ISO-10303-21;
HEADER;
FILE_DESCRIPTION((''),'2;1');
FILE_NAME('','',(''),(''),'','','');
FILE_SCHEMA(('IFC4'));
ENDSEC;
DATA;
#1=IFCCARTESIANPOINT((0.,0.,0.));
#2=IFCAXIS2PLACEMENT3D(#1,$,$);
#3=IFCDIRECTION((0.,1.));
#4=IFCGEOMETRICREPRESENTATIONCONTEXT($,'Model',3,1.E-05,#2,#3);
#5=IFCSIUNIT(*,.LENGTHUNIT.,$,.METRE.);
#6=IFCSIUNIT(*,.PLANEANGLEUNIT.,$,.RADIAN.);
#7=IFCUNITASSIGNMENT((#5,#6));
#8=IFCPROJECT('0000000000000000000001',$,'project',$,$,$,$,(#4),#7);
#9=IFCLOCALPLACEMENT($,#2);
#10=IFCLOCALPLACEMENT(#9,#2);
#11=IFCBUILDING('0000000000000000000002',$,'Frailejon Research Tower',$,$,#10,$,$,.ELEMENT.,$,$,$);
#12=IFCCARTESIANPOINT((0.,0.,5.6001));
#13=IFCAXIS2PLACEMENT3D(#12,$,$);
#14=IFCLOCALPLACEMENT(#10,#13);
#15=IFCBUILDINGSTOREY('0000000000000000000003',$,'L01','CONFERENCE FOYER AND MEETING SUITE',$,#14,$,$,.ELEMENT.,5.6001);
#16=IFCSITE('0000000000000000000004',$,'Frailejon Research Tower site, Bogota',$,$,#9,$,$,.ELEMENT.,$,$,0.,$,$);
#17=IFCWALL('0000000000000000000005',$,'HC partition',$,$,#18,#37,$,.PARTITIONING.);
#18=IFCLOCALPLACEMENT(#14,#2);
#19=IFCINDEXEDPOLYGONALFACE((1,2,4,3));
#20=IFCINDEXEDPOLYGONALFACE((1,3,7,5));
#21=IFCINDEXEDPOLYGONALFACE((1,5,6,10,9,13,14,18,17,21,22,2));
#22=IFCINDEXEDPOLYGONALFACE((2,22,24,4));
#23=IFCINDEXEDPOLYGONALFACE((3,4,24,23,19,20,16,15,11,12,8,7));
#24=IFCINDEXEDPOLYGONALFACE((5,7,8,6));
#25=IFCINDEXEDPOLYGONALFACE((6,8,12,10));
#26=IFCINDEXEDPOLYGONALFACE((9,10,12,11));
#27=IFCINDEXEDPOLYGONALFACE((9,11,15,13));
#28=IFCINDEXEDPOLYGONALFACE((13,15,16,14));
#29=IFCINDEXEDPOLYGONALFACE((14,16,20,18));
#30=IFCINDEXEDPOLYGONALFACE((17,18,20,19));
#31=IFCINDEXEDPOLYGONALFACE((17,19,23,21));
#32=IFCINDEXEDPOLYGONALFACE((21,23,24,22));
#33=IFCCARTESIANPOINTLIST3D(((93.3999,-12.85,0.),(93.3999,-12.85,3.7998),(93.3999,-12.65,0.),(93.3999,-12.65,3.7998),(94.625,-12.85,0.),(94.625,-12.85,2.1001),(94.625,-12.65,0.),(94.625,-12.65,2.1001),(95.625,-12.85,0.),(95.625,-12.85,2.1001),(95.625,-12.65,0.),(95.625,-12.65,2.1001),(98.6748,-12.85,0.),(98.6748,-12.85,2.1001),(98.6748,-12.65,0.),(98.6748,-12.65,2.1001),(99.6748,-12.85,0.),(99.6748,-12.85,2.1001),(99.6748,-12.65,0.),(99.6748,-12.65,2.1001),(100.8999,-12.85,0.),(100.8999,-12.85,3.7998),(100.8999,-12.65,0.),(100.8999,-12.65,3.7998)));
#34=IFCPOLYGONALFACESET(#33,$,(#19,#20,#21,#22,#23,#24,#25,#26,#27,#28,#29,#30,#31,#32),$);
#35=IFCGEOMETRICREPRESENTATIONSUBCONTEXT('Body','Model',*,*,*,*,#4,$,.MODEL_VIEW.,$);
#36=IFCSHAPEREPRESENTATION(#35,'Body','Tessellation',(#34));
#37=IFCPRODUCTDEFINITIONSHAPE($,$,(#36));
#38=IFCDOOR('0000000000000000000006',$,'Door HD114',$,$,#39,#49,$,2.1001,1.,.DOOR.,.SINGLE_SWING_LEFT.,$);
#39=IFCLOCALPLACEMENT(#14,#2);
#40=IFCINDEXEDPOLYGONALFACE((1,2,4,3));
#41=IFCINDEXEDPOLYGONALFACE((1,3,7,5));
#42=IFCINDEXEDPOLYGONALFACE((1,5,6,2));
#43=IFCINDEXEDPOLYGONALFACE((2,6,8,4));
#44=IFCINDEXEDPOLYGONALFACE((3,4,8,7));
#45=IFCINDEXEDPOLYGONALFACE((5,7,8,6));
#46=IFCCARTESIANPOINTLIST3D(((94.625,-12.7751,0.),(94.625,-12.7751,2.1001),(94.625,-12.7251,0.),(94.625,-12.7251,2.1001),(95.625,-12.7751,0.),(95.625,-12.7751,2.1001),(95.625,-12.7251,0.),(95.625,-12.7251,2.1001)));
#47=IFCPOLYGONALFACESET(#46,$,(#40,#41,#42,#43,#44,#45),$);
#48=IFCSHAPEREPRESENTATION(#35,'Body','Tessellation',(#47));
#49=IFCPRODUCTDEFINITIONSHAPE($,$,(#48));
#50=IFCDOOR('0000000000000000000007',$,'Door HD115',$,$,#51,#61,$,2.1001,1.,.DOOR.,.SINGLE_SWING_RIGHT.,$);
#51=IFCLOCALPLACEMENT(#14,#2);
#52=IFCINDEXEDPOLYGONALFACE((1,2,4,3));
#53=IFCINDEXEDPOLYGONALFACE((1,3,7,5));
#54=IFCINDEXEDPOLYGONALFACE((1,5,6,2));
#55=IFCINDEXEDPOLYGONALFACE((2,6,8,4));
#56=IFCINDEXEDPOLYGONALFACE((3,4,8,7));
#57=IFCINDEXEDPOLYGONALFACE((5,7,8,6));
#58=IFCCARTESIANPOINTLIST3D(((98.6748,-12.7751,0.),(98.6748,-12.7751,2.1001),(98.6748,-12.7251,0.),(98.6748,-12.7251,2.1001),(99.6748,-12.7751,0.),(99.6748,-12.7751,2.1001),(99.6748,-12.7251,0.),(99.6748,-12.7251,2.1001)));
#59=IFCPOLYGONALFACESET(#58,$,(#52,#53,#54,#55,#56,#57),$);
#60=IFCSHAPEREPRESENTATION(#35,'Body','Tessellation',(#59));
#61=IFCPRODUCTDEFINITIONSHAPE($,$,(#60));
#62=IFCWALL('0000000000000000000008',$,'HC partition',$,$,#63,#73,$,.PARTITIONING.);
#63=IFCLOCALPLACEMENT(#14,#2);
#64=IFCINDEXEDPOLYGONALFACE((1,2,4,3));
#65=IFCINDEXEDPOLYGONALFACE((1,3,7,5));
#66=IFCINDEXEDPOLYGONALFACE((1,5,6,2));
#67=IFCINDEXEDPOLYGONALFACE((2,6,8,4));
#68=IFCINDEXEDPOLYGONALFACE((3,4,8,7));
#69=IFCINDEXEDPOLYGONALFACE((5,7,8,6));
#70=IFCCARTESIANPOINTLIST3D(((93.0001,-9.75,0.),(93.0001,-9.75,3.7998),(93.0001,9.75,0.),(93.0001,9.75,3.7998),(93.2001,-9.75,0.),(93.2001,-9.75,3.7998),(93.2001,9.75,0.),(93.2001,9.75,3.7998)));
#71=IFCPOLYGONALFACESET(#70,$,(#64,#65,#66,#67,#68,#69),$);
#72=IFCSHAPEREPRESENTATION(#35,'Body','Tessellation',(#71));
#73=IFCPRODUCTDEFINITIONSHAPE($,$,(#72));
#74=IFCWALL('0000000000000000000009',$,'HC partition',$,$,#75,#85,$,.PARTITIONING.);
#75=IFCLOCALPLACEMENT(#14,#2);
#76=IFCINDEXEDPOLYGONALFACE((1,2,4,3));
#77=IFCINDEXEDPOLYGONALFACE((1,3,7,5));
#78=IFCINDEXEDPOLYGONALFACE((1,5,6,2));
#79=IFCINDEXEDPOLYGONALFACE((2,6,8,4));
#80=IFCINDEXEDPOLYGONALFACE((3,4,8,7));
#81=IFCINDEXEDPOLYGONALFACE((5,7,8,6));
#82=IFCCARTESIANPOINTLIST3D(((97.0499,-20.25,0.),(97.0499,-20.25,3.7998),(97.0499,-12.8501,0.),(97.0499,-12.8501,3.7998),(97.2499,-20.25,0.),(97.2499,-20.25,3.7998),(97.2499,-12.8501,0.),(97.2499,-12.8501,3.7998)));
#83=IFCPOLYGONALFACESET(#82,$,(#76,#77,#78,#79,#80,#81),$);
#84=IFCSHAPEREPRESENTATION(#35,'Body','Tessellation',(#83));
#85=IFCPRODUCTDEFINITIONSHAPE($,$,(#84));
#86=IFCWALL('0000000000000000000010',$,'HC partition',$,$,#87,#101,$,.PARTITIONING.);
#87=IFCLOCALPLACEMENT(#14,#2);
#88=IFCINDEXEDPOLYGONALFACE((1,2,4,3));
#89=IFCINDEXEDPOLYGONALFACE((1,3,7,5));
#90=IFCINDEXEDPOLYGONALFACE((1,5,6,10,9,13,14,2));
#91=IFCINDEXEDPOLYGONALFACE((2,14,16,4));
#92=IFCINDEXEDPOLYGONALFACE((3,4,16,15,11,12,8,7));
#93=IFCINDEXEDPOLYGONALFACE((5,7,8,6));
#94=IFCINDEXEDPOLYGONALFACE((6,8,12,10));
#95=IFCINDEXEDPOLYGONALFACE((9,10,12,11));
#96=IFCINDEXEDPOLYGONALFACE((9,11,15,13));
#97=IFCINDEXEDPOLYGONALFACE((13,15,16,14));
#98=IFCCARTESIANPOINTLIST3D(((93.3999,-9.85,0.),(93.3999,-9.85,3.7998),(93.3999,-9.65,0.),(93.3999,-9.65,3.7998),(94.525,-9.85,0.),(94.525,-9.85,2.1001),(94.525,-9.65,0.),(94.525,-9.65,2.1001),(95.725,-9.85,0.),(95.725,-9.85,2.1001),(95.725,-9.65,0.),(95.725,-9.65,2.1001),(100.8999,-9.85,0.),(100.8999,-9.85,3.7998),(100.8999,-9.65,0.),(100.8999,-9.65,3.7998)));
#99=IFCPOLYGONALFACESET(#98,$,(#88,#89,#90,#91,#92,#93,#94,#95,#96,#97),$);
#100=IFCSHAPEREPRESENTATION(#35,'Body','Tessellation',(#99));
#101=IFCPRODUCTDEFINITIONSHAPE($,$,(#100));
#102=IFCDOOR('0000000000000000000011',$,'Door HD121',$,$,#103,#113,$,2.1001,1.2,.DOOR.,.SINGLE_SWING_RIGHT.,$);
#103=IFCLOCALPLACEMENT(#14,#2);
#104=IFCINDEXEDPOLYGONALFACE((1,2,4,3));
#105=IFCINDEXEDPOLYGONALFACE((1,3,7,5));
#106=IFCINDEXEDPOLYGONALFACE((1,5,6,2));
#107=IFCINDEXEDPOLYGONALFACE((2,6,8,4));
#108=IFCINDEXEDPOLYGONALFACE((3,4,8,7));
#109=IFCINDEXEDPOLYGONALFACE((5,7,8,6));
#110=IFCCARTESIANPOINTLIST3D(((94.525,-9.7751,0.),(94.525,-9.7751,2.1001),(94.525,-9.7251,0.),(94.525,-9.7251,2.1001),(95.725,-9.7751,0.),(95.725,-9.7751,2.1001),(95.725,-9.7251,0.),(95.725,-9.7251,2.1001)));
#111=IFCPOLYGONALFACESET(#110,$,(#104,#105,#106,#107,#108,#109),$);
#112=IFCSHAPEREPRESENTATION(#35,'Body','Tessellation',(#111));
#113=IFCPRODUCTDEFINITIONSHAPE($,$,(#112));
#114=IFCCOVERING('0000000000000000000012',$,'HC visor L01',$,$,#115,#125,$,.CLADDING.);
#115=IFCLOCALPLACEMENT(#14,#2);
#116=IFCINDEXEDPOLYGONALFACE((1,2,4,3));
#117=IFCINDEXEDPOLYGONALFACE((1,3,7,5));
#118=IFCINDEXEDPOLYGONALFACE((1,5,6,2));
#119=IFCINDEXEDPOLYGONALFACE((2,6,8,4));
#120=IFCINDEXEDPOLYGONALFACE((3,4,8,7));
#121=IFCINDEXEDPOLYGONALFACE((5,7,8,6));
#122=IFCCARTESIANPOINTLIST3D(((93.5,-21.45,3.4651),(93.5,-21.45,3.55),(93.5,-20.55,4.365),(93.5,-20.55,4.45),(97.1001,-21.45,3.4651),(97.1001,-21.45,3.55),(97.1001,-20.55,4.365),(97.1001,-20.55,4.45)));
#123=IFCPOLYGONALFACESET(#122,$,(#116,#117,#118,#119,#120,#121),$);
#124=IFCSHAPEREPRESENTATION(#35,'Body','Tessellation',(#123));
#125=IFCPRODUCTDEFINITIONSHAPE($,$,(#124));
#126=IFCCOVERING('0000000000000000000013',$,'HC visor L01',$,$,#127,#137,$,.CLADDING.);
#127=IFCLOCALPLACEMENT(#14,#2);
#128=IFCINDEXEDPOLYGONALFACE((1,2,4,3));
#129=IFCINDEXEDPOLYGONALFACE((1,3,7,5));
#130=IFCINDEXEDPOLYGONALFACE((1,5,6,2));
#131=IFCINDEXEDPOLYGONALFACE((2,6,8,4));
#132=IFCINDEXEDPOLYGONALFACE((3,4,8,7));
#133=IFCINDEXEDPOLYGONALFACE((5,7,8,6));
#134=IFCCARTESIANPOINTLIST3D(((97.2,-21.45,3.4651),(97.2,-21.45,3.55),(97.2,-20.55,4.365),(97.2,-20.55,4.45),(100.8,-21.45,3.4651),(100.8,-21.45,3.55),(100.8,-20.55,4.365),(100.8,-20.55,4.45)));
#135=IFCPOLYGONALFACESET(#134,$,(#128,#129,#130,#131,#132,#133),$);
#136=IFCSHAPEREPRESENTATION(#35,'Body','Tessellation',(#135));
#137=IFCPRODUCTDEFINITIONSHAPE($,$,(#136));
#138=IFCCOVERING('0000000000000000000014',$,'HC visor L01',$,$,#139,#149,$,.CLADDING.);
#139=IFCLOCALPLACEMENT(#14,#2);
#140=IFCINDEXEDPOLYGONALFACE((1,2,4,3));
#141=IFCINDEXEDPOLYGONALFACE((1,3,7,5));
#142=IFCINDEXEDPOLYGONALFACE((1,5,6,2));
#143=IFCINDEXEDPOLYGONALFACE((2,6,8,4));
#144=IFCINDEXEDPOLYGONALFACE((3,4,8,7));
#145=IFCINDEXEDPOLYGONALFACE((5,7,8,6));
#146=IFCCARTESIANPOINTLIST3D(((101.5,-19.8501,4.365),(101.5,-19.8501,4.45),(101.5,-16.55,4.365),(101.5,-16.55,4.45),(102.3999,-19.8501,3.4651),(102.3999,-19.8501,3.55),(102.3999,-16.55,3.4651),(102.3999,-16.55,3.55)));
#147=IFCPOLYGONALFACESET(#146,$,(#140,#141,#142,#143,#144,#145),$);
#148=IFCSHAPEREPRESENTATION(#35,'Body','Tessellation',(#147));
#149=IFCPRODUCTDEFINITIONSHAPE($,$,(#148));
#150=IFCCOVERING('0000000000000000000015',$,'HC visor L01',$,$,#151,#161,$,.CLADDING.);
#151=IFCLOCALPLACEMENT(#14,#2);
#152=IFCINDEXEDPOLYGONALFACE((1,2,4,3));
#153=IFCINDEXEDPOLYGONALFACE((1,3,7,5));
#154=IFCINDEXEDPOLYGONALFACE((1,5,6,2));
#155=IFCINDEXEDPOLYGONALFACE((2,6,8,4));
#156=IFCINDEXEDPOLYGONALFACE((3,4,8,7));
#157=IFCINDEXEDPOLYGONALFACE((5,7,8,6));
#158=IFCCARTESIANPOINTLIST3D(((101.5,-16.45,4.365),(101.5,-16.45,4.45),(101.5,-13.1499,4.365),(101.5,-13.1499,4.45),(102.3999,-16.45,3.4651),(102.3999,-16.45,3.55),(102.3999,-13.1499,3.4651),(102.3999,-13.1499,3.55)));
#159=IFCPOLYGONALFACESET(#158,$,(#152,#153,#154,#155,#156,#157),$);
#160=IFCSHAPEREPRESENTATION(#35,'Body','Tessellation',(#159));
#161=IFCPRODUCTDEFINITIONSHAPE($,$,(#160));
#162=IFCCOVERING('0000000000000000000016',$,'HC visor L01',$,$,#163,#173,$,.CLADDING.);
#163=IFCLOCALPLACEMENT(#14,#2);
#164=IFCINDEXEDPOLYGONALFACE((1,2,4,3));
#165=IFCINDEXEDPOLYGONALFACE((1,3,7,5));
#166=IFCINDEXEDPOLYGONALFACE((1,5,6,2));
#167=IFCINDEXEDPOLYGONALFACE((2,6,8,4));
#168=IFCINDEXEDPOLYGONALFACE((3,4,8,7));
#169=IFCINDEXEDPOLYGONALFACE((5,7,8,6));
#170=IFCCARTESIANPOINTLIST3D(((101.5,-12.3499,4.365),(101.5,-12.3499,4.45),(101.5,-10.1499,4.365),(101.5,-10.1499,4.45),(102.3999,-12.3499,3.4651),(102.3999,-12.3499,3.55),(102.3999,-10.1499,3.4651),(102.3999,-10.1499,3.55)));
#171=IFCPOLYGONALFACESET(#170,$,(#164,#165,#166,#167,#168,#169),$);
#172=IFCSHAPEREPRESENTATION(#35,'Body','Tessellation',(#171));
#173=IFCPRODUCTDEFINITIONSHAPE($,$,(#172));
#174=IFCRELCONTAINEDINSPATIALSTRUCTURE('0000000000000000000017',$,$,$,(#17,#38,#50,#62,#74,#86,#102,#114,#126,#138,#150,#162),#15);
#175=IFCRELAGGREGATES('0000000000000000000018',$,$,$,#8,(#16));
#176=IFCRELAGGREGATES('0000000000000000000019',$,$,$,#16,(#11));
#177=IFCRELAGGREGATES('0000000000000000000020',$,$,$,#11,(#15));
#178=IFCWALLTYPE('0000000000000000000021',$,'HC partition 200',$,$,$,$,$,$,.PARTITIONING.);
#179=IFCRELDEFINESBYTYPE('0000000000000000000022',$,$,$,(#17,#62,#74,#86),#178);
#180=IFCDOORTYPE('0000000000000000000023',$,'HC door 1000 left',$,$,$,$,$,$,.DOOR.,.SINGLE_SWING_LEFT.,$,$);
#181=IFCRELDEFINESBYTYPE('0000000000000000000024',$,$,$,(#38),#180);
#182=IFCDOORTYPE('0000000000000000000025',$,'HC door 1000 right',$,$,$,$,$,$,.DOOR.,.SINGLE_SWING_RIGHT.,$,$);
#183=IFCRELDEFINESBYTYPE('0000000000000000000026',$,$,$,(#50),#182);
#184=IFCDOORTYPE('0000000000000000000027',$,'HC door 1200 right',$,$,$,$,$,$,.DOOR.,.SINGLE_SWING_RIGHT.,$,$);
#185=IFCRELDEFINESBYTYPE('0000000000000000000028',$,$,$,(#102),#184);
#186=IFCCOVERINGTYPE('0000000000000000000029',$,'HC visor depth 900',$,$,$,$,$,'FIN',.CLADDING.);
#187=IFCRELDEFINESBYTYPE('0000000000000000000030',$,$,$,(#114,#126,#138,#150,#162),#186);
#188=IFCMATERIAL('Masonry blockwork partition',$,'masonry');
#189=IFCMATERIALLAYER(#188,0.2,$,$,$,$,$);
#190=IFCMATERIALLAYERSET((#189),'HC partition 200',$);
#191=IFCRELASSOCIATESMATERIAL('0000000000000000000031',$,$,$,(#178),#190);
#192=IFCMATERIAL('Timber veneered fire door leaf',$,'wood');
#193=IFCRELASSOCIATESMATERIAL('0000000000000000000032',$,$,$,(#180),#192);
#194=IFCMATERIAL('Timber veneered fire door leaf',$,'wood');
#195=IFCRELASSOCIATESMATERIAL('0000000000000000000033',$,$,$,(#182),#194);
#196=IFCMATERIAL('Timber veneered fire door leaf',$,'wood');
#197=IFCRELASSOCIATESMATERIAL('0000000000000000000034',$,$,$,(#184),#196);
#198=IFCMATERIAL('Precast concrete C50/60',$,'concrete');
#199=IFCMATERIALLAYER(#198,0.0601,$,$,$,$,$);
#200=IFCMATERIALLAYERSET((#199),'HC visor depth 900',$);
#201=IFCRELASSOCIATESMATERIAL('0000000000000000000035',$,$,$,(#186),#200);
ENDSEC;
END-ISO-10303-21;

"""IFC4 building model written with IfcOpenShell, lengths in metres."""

from ifc_helpers import new_model, si_unit, direction, frame, frame_2d, origin, place, context, subcontext, project, spatial, polyline, rectangle, outline, extrude, material, layer, layer_set, type_object, element, fill, save


model = new_model("IFC4")

# Units and contexts
model_context = context("Model", 3, precision=1e-05, world=origin(), true_north=direction((0.0, 1.0)))
body_context = subcontext(model_context, "Body", "Model", "MODEL_VIEW")
ifc_project = project(units=[si_unit("LENGTHUNIT", "METRE"), si_unit("PLANEANGLEUNIT", "RADIAN")], contexts=[model_context])

# Site, building, storey
site_placement = place(None, origin())
site = spatial("IfcSite", under=ifc_project, at=site_placement, Name="Frailejon Research Tower site, Bogota", CompositionType="ELEMENT", RefElevation=0.0)
building_placement = place(site_placement, origin())
building = spatial("IfcBuilding", under=site, at=building_placement, Name="Frailejon Research Tower", CompositionType="ELEMENT")
storey_placement = place(building_placement, frame((0.0, 0.0, 5.6001)))
storey = spatial("IfcBuildingStorey", under=building, at=storey_placement, Name="L01", Description="CONFERENCE FOYER AND MEETING SUITE", CompositionType="ELEMENT", Elevation=5.6001)

# Wall, openings, doors
ifc_material_1 = material(Name="Masonry blockwork partition", Category="masonry")
ifc_layer_1 = layer(ifc_material_1, 0.2)
ifc_layer_set_1 = layer_set([ifc_layer_1], Name="HC partition 200")
wall_type_1 = type_object("IfcWallType", Name="HC partition 200", PredefinedType="PARTITIONING", material=ifc_layer_set_1)
wall_1_placement = place(storey_placement, frame((93.3999, -12.75, 0.0), z_axis=(0.0, 0.0, 1.0), x_axis=(1.0, 0.0, 0.0)))
wall_1 = element("IfcWall", 1, at=wall_1_placement, inside=storey, type_object=wall_type_1, Name="HC partition", PredefinedType="PARTITIONING", context=body_context, shape_type="SweptSolid", body=[
    extrude(rectangle(XDim=7.5, YDim=0.2, at=frame_2d((3.75, 0.0))), origin(), (0.0, 0.0, 1.0), 3.7998),
])
opening_1_placement = place(wall_1_placement, frame((1.2251, 0.0, 0.0)))
opening_1 = element("IfcOpeningElement", 2, at=opening_1_placement, cuts=wall_1, PredefinedType="OPENING", context=body_context, shape_type="SweptSolid", body=[
    extrude(rectangle(XDim=1.0, YDim=2.1001, at=frame_2d((0.5, 1.05))), frame((0.0, 0.1099, 0.0), z_axis=(0.0, -1.0, 0.0), x_axis=(1.0, 0.0, 0.0)), (0.0, 0.0, 1.0), 0.22),
])
opening_2_placement = place(wall_1_placement, frame((5.2749, 0.0, 0.0)))
opening_2 = element("IfcOpeningElement", 3, at=opening_2_placement, cuts=wall_1, PredefinedType="OPENING", context=body_context, shape_type="SweptSolid", body=[
    extrude(rectangle(XDim=1.0, YDim=2.1001, at=frame_2d((0.5, 1.05))), frame((0.0, 0.1099, 0.0), z_axis=(0.0, -1.0, 0.0), x_axis=(1.0, 0.0, 0.0)), (0.0, 0.0, 1.0), 0.22),
])
ifc_material_2 = material(Name="Timber veneered fire door leaf", Category="wood")
door_type_1 = type_object("IfcDoorType", Name="HC door 1000 left", OperationType="SINGLE_SWING_LEFT", PredefinedType="DOOR", material=ifc_material_2)
door_1_placement = place(opening_1_placement, origin())
door_1 = element("IfcDoor", 4, at=door_1_placement, inside=storey, type_object=door_type_1, Name="Door HD114", OperationType="SINGLE_SWING_LEFT", OverallHeight=2.1001, OverallWidth=1.0, PredefinedType="DOOR", context=body_context, shape_type="SweptSolid", body=[
    extrude(rectangle(XDim=1.0, YDim=2.1001, at=frame_2d((0.5, 1.05))), frame((0.0, 0.0249, 0.0), z_axis=(0.0, -1.0, 0.0), x_axis=(1.0, 0.0, 0.0)), (0.0, 0.0, 1.0), 0.05),
])
fill(opening_1, door_1)
ifc_material_3 = material(Name="Timber veneered fire door leaf", Category="wood")
door_type_2 = type_object("IfcDoorType", Name="HC door 1000 right", OperationType="SINGLE_SWING_RIGHT", PredefinedType="DOOR", material=ifc_material_3)
door_2_placement = place(opening_2_placement, origin())
door_2 = element("IfcDoor", 5, at=door_2_placement, inside=storey, type_object=door_type_2, Name="Door HD115", OperationType="SINGLE_SWING_RIGHT", OverallHeight=2.1001, OverallWidth=1.0, PredefinedType="DOOR", context=body_context, shape_type="SweptSolid", body=[
    extrude(rectangle(XDim=1.0, YDim=2.1001, at=frame_2d((0.5, 1.05))), frame((0.0, 0.0249, 0.0), z_axis=(0.0, -1.0, 0.0), x_axis=(1.0, 0.0, 0.0)), (0.0, 0.0, 1.0), 0.05),
])
fill(opening_2, door_2)

# Walls
wall_2_placement = place(storey_placement, frame((93.1001, -9.75, 0.0), z_axis=(0.0, 0.0, 1.0), x_axis=(0.0, 1.0, 0.0)))
element("IfcWall", 6, at=wall_2_placement, inside=storey, type_object=wall_type_1, Name="HC partition", PredefinedType="PARTITIONING", context=body_context, shape_type="SweptSolid", body=[
    extrude(rectangle(XDim=19.5, YDim=0.2, at=frame_2d((9.75, 0.0))), origin(), (0.0, 0.0, 1.0), 3.7998),
])
wall_3_placement = place(storey_placement, frame((97.1499, -20.25, 0.0), z_axis=(0.0, 0.0, 1.0), x_axis=(0.0, 1.0, 0.0)))
element("IfcWall", 7, at=wall_3_placement, inside=storey, type_object=wall_type_1, Name="HC partition", PredefinedType="PARTITIONING", context=body_context, shape_type="SweptSolid", body=[
    extrude(rectangle(XDim=7.3999, YDim=0.2, at=frame_2d((3.7, 0.0))), origin(), (0.0, 0.0, 1.0), 3.7998),
])

# Wall, opening, door
wall_4_placement = place(storey_placement, frame((93.3999, -9.75, 0.0), z_axis=(0.0, 0.0, 1.0), x_axis=(1.0, 0.0, 0.0)))
wall_4 = element("IfcWall", 8, at=wall_4_placement, inside=storey, type_object=wall_type_1, Name="HC partition", PredefinedType="PARTITIONING", context=body_context, shape_type="SweptSolid", body=[
    extrude(rectangle(XDim=7.5, YDim=0.2, at=frame_2d((3.75, 0.0))), origin(), (0.0, 0.0, 1.0), 3.7998),
])
opening_3_placement = place(wall_4_placement, frame((1.125, 0.0, 0.0)))
opening_3 = element("IfcOpeningElement", 9, at=opening_3_placement, cuts=wall_4, PredefinedType="OPENING", context=body_context, shape_type="SweptSolid", body=[
    extrude(rectangle(XDim=1.2, YDim=2.1001, at=frame_2d((0.6001, 1.05))), frame((0.0, 0.1099, 0.0), z_axis=(0.0, -1.0, 0.0), x_axis=(1.0, 0.0, 0.0)), (0.0, 0.0, 1.0), 0.22),
])
ifc_material_4 = material(Name="Timber veneered fire door leaf", Category="wood")
door_type_3 = type_object("IfcDoorType", Name="HC door 1200 right", OperationType="SINGLE_SWING_RIGHT", PredefinedType="DOOR", material=ifc_material_4)
door_3_placement = place(opening_3_placement, origin())
door_3 = element("IfcDoor", 10, at=door_3_placement, inside=storey, type_object=door_type_3, Name="Door HD121", OperationType="SINGLE_SWING_RIGHT", OverallHeight=2.1001, OverallWidth=1.2, PredefinedType="DOOR", context=body_context, shape_type="SweptSolid", body=[
    extrude(rectangle(XDim=1.2, YDim=2.1001, at=frame_2d((0.6001, 1.05))), frame((0.0, 0.0249, 0.0), z_axis=(0.0, -1.0, 0.0), x_axis=(1.0, 0.0, 0.0)), (0.0, 0.0, 1.0), 0.05),
])
fill(opening_3, door_3)

# Coverings
ifc_material_5 = material(Name="Precast concrete C50/60", Category="concrete")
ifc_layer_2 = layer(ifc_material_5, 0.0601)
ifc_layer_set_2 = layer_set([ifc_layer_2], Name="HC visor depth 900")
covering_type = type_object("IfcCoveringType", Name="HC visor depth 900", ElementType="FIN", PredefinedType="CLADDING", material=ifc_layer_set_2)
for number, where, z_axis, x_axis, name in (
    (11, (97.1001, -20.55, 4.45), (-1.0, 0.0, 0.0), (0.0, -1.0, 0.0), "HC visor L01"),
    (12, (100.8, -20.55, 4.45), (-1.0, 0.0, 0.0), (0.0, -1.0, 0.0), "HC visor L01"),
):
    element("IfcCovering", number, at=place(storey_placement, frame(where, z_axis=z_axis, x_axis=x_axis)), inside=storey, type_object=covering_type, Name=name, PredefinedType="CLADDING", context=body_context, shape_type="SweptSolid", body=[
        extrude(outline(polyline([(0.0, -0.085), (0.8999, -0.9849), (0.8999, -0.8999), (0.0, 0.0), (0.0, -0.085)])), origin(), (0.0, 0.0, 1.0), 3.6001),
    ])
for number, where, z_axis, x_axis, name in (
    (13, (101.5, -16.55, 4.45), (0.0, -1.0, 0.0), (1.0, 0.0, 0.0), "HC visor L01"),
    (14, (101.5, -13.1499, 4.45), (0.0, -1.0, 0.0), (1.0, 0.0, 0.0), "HC visor L01"),
):
    element("IfcCovering", number, at=place(storey_placement, frame(where, z_axis=z_axis, x_axis=x_axis)), inside=storey, type_object=covering_type, Name=name, PredefinedType="CLADDING", context=body_context, shape_type="SweptSolid", body=[
        extrude(outline(polyline([(0.0, -0.085), (0.8999, -0.9849), (0.8999, -0.8999), (0.0, 0.0), (0.0, -0.085)])), origin(), (0.0, 0.0, 1.0), 3.3),
    ])
covering_placement = place(storey_placement, frame((101.5, -10.1499, 4.45), z_axis=(0.0, -1.0, 0.0), x_axis=(1.0, 0.0, 0.0)))
element("IfcCovering", 15, at=covering_placement, inside=storey, type_object=covering_type, Name="HC visor L01", PredefinedType="CLADDING", context=body_context, shape_type="SweptSolid", body=[
    extrude(outline(polyline([(0.0, -0.085), (0.8999, -0.9849), (0.8999, -0.8999), (0.0, 0.0), (0.0, -0.085)])), origin(), (0.0, 0.0, 1.0), 2.2),
])

save(model, "model.ifc")
